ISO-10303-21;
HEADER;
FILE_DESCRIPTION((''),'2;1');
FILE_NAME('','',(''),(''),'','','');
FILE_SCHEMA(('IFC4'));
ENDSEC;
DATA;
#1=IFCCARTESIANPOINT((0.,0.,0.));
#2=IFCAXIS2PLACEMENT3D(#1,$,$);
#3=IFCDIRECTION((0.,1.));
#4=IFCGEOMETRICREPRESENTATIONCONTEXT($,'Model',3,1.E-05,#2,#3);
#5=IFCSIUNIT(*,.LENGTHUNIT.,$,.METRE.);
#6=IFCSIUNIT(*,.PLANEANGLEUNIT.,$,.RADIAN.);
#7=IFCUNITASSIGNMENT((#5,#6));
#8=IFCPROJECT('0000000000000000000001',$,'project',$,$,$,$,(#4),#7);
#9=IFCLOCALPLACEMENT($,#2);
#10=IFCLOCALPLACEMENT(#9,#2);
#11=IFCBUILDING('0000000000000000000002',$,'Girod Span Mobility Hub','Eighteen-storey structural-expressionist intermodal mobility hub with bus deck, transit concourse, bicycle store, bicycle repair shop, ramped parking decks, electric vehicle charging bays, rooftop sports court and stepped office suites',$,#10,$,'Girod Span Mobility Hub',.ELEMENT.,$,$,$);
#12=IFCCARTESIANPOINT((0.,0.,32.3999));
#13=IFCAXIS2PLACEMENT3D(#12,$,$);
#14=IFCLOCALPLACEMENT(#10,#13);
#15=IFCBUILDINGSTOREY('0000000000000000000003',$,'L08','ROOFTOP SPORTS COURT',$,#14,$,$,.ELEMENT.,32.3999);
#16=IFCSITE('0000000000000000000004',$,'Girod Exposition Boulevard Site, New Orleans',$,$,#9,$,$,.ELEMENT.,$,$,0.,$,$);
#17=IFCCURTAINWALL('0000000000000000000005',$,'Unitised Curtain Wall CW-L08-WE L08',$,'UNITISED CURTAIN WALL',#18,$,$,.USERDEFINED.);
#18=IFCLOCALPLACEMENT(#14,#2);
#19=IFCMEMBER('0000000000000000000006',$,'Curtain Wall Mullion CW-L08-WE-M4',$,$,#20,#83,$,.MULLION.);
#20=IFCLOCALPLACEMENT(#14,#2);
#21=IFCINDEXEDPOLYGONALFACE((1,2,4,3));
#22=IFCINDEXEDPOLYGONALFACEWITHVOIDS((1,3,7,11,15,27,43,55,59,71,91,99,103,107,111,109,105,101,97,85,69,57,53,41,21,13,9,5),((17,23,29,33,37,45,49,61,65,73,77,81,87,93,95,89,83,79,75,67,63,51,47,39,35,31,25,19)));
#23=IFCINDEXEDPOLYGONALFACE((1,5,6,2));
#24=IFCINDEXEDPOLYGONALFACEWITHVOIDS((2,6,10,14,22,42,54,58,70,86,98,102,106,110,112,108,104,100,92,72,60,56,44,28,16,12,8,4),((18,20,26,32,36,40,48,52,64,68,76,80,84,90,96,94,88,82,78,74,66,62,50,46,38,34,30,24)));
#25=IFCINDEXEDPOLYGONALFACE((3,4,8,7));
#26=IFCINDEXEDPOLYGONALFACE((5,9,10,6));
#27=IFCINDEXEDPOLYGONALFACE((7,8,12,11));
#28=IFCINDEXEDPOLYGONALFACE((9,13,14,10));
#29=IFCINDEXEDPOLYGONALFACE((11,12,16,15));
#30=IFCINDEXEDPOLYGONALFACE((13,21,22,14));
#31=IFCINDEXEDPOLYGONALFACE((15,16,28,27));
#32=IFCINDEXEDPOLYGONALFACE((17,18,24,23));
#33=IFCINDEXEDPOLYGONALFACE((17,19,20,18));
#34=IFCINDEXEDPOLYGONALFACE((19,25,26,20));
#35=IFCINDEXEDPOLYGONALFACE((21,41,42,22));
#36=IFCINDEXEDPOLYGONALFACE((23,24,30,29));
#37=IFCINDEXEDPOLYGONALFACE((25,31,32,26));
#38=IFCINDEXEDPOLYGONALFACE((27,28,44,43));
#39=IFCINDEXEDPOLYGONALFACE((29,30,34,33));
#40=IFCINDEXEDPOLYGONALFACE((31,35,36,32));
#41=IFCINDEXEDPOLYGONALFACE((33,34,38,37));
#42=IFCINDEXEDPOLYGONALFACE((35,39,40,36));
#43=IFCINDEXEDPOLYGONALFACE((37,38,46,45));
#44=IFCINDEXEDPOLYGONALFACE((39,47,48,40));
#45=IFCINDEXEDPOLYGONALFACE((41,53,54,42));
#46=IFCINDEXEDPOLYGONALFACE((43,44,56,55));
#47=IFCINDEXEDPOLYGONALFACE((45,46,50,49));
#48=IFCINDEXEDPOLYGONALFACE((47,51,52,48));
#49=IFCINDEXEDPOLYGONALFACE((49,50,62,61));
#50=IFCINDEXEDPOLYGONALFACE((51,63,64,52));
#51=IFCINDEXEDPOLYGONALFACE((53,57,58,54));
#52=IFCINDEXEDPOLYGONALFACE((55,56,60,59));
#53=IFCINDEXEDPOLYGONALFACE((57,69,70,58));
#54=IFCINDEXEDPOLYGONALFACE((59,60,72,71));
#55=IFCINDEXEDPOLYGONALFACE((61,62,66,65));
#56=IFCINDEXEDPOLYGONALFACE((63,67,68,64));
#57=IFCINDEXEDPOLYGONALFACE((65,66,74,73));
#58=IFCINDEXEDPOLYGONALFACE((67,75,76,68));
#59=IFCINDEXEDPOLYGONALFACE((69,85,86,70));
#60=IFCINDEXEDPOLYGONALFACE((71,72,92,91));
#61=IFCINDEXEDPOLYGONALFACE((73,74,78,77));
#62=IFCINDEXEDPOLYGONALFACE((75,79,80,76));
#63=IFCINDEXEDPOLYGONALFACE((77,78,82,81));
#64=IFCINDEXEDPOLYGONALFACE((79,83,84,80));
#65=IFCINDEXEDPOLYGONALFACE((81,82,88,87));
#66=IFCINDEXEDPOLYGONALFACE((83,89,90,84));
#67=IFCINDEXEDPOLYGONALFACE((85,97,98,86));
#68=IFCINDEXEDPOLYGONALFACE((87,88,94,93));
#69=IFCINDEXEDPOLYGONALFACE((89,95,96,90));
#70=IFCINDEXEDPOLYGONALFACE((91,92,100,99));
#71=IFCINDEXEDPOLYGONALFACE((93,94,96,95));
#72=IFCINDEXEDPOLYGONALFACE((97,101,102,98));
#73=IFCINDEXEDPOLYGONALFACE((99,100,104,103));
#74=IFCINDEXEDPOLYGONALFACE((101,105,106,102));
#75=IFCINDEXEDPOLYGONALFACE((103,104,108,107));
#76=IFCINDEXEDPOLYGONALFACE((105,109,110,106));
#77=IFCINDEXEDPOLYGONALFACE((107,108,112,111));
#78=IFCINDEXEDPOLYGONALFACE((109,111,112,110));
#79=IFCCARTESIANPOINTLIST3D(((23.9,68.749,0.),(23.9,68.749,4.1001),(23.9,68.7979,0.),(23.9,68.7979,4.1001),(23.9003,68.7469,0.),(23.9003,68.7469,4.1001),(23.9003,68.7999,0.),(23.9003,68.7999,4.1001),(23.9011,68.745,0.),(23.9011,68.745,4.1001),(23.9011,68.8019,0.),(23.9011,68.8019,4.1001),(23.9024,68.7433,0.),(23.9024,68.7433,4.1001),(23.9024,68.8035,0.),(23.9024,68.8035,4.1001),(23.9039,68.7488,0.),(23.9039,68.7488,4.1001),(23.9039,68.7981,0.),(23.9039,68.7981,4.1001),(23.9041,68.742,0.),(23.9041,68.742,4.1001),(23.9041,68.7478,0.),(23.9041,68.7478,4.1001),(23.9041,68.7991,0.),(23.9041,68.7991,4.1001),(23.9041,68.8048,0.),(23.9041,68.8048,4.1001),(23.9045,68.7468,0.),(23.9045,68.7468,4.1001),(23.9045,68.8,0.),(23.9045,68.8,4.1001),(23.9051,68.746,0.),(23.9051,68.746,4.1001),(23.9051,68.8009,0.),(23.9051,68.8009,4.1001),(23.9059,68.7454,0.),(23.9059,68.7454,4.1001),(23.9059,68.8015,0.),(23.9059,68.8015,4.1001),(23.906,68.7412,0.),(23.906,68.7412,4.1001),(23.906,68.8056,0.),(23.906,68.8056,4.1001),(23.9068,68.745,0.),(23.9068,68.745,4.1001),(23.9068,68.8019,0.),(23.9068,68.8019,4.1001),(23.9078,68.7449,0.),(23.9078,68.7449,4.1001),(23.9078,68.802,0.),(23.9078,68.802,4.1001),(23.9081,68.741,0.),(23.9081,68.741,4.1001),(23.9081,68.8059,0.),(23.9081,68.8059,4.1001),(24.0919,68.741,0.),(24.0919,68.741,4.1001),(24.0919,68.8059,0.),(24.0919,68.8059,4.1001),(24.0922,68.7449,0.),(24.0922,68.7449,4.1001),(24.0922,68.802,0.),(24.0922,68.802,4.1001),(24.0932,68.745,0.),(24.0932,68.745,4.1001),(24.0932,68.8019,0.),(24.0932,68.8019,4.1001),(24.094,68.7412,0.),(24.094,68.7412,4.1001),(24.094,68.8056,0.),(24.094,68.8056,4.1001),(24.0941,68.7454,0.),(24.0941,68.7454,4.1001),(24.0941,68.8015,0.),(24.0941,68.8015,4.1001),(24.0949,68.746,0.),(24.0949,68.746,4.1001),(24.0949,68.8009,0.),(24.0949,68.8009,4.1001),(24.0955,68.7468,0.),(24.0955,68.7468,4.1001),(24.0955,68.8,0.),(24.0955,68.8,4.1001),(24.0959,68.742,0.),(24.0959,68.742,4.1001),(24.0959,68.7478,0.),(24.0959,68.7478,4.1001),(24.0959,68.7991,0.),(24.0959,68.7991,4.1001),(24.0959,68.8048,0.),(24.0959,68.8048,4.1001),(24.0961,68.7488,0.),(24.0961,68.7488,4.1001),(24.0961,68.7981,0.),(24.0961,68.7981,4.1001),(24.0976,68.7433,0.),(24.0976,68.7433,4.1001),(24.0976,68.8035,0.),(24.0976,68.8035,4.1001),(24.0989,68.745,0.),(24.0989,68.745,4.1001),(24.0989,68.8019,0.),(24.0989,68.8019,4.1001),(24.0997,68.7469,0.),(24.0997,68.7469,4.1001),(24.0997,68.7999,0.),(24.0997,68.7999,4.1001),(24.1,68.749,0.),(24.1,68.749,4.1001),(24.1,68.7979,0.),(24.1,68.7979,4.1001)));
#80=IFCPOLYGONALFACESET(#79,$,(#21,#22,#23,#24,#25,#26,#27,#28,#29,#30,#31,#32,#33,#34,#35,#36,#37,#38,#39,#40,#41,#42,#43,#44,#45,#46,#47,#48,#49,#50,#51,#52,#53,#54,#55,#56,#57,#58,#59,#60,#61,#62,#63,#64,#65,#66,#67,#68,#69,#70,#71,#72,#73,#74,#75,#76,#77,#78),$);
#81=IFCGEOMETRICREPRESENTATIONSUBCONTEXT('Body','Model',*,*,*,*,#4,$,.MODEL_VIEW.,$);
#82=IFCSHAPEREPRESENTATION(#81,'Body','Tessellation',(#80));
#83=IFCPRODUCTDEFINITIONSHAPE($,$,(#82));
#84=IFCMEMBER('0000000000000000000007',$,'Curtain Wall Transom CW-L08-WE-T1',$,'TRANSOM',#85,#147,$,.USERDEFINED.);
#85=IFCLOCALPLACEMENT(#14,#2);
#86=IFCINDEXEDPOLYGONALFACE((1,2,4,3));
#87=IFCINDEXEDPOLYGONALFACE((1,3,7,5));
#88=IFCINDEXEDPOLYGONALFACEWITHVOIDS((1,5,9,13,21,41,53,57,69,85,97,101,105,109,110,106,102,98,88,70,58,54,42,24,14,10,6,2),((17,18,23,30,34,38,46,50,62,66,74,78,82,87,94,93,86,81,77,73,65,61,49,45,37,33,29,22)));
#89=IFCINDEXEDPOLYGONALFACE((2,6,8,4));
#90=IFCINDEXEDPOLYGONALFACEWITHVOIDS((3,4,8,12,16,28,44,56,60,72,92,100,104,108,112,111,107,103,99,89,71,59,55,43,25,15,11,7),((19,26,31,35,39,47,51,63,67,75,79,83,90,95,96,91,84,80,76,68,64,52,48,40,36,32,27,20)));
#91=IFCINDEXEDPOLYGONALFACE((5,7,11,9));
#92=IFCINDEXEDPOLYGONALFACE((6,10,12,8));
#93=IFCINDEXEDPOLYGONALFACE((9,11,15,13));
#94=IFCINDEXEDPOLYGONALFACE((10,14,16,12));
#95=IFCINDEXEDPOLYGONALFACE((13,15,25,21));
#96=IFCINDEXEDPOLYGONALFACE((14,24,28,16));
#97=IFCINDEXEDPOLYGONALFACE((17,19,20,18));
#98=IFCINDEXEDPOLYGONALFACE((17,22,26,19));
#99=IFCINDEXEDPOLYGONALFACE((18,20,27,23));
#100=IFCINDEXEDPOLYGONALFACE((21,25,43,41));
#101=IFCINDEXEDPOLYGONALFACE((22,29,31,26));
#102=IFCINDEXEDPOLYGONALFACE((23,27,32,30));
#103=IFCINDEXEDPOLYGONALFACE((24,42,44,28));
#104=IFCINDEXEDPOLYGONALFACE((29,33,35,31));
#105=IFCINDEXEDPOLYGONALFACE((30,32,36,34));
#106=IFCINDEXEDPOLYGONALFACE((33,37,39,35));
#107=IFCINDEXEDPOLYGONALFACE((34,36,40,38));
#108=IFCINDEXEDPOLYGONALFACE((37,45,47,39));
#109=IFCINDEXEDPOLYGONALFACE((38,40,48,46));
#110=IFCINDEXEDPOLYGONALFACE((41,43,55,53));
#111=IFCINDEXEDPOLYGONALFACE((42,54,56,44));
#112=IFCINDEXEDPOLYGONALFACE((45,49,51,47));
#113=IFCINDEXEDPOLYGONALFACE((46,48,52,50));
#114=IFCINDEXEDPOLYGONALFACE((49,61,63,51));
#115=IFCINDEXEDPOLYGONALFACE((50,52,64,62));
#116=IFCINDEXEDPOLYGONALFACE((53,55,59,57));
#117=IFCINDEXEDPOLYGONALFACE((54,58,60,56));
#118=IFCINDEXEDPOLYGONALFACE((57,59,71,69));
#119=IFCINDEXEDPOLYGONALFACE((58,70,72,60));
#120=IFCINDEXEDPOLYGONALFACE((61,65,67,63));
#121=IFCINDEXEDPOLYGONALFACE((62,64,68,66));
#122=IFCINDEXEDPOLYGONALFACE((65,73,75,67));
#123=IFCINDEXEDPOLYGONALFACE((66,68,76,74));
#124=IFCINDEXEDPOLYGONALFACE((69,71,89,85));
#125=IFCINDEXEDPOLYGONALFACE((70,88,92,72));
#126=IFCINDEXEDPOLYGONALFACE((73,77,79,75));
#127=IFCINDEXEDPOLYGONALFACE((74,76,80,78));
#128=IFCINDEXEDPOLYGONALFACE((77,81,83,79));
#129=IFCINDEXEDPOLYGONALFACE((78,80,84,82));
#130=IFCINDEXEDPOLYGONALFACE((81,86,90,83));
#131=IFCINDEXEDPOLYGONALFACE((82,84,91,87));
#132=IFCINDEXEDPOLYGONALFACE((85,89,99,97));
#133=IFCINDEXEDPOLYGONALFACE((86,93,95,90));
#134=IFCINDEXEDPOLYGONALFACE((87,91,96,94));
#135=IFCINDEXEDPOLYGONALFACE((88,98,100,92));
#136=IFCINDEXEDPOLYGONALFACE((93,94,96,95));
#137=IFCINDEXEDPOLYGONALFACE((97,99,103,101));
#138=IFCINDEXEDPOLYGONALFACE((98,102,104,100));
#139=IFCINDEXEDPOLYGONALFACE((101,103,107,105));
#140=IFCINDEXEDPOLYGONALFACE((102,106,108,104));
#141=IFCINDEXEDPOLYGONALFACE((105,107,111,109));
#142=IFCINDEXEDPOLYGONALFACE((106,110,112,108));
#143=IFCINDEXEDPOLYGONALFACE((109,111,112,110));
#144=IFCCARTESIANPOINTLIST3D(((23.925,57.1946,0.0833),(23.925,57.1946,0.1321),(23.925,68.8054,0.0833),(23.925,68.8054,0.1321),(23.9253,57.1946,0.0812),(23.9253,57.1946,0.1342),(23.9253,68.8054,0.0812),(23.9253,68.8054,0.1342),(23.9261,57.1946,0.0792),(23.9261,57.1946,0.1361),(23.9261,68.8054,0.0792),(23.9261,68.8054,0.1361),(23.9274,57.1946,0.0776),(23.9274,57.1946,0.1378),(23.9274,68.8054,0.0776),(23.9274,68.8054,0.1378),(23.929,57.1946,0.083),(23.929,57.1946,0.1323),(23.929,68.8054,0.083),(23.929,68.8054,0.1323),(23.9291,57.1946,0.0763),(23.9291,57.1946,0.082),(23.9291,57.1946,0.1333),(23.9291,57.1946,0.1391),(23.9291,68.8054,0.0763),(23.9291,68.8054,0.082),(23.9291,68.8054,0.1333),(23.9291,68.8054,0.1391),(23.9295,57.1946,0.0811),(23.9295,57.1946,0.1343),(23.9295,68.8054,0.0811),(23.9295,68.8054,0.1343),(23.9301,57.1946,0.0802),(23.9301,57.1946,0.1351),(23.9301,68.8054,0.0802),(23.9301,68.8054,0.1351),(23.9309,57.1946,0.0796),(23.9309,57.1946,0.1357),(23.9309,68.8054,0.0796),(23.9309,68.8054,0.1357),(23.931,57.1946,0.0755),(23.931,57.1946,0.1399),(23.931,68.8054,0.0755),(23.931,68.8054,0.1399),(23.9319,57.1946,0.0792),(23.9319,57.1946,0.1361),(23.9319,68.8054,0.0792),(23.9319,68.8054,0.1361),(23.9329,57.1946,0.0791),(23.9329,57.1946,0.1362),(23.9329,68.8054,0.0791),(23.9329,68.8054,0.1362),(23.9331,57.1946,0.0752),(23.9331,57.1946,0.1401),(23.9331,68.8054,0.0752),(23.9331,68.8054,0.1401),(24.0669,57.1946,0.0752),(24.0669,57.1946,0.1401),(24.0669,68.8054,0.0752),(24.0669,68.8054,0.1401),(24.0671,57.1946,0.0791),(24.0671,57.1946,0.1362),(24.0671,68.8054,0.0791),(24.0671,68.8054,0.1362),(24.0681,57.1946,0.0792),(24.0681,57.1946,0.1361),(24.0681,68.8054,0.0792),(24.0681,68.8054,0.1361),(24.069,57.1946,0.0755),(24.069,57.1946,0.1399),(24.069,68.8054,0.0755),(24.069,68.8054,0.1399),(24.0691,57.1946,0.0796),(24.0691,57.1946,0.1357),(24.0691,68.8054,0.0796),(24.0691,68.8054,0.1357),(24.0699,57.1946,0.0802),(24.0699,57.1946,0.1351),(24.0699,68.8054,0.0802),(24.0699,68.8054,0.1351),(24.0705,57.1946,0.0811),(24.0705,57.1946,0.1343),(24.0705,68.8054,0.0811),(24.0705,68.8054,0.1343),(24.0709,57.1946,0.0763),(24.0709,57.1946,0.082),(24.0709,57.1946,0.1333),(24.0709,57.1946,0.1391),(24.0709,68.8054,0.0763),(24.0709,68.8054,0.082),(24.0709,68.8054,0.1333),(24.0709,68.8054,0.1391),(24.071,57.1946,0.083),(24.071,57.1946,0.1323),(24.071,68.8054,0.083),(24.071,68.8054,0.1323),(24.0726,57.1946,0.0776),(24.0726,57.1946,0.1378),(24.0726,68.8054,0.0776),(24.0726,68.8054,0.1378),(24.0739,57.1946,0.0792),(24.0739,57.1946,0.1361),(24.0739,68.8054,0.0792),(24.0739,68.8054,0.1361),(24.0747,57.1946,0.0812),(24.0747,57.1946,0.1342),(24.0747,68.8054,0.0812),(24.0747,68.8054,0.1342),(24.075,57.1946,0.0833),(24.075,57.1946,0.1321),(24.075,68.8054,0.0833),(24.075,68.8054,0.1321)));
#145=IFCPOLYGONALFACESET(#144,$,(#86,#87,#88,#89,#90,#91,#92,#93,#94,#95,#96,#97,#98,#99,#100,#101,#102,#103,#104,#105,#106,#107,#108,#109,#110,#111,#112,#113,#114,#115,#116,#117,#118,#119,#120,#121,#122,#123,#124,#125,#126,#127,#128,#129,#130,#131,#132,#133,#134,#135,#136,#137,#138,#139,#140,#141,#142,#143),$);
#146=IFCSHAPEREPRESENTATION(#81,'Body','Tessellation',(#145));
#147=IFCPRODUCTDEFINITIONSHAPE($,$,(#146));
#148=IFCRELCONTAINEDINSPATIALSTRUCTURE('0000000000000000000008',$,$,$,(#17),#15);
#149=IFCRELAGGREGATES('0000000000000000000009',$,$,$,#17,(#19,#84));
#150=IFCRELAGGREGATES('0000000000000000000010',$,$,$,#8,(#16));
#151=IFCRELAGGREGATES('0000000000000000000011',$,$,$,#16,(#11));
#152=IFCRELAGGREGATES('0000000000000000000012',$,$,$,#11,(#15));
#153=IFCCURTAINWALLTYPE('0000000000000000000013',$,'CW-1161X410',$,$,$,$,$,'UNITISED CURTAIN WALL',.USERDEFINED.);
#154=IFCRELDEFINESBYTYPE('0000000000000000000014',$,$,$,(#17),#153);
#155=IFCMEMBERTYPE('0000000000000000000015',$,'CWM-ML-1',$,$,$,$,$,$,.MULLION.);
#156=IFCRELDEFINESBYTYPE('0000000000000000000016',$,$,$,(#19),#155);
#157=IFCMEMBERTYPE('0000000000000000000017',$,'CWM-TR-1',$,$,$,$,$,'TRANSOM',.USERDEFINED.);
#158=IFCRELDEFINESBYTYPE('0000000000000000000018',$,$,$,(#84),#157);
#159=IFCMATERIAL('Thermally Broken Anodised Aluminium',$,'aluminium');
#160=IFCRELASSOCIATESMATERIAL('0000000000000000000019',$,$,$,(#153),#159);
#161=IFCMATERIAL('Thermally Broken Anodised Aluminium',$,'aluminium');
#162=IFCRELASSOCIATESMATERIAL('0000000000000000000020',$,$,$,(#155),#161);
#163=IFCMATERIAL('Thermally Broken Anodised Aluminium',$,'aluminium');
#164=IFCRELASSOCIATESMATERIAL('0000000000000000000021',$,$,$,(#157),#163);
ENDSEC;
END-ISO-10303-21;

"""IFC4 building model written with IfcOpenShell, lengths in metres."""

from ifc_helpers import new_model, si_unit, direction, frame, origin, origin_2d, place, context, subcontext, project, spatial, hollow_rectangle, extrude, material, material_profile, profile_set, type_object, element, aggregate, save


model = new_model("IFC4")

# Units and contexts
model_context = context("Model", 3, precision=1e-05, world=origin(), true_north=direction((0.0, 1.0)))
body_context = subcontext(model_context, "Body", "Model", "MODEL_VIEW")
ifc_project = project(units=[si_unit("LENGTHUNIT", "METRE"), si_unit("PLANEANGLEUNIT", "RADIAN")], contexts=[model_context])

# Site, building, storey
site_placement = place(None, origin())
site = spatial("IfcSite", under=ifc_project, at=site_placement, Name="Girod Exposition Boulevard Site, New Orleans", CompositionType="ELEMENT", RefElevation=0.0)
building_placement = place(site_placement, origin())
building = spatial("IfcBuilding", under=site, at=building_placement, Name="Girod Span Mobility Hub", Description="Eighteen-storey structural-expressionist intermodal mobility hub with bus deck, transit concourse, bicycle store, bicycle repair shop, ramped parking decks, electric vehicle charging bays, rooftop sports court and stepped office suites", LongName="Girod Span Mobility Hub", CompositionType="ELEMENT")
storey_placement = place(building_placement, frame((0.0, 0.0, 32.3999)))
storey = spatial("IfcBuildingStorey", under=building, at=storey_placement, Name="L08", Description="ROOFTOP SPORTS COURT", CompositionType="ELEMENT", Elevation=32.3999)

# Shared definitions
ifc_material_1 = material(Name="Thermally Broken Anodised Aluminium", Category="aluminium")
curtain_wall_type = type_object("IfcCurtainWallType", Name="CW-1161X410", ElementType="UNITISED CURTAIN WALL", PredefinedType="USERDEFINED", material=ifc_material_1)
ifc_material_2 = material(Name="Thermally Broken Anodised Aluminium", Category="aluminium")
ifc_material_profile_1 = material_profile(ifc_material_2, hollow_rectangle(XDim=0.2, YDim=0.0649, WallThickness=0.0039, InnerFilletRadius=0.0039, OuterFilletRadius=0.0081, at=origin_2d()), Name="CW-ML-65X200")
ifc_profile_set_1 = profile_set([ifc_material_profile_1], Name="Thermally Broken Anodised Aluminium")
member_type_1 = type_object("IfcMemberType", Name="CWM-ML-1", PredefinedType="MULLION", material=ifc_profile_set_1)

# Curtain wall, members
curtain_wall_1_placement = place(storey_placement, origin())
curtain_wall_1 = element("IfcCurtainWall", 1, at=curtain_wall_1_placement, inside=storey, type_object=curtain_wall_type, Name="Unitised Curtain Wall CW-L08-WE L08", ObjectType="UNITISED CURTAIN WALL", PredefinedType="USERDEFINED")
member_1_placement = place(storey_placement, frame((24.0, 68.7734, 0.0), z_axis=(0.0, 0.0, 1.0), x_axis=(1.0, 0.0, 0.0)))
member_1 = element("IfcMember", 2, at=member_1_placement, type_object=member_type_1, Name="Curtain Wall Mullion CW-L08-WE-M4", PredefinedType="MULLION", context=body_context, shape_type="SweptSolid", body=[
    extrude(hollow_rectangle(XDim=0.2, YDim=0.0649, WallThickness=0.0039, InnerFilletRadius=0.0039, OuterFilletRadius=0.0081, at=origin_2d()), origin(), (0.0, 0.0, 1.0), 4.1001),
])
ifc_material_3 = material(Name="Thermally Broken Anodised Aluminium", Category="aluminium")
ifc_material_profile_2 = material_profile(ifc_material_3, hollow_rectangle(XDim=0.1499, YDim=0.0649, WallThickness=0.0039, InnerFilletRadius=0.0039, OuterFilletRadius=0.0081, at=origin_2d()), Name="CW-TR-65X150")
ifc_profile_set_2 = profile_set([ifc_material_profile_2], Name="Thermally Broken Anodised Aluminium")
member_type_2 = type_object("IfcMemberType", Name="CWM-TR-1", ElementType="TRANSOM", PredefinedType="USERDEFINED", material=ifc_profile_set_2)
member_2_placement = place(storey_placement, frame((24.0, 57.1946, 0.1077), z_axis=(0.0, 1.0, 0.0), x_axis=(-1.0, 0.0, 0.0)))
member_2 = element("IfcMember", 3, at=member_2_placement, type_object=member_type_2, Name="Curtain Wall Transom CW-L08-WE-T1", ObjectType="TRANSOM", PredefinedType="USERDEFINED", context=body_context, shape_type="SweptSolid", body=[
    extrude(hollow_rectangle(XDim=0.1499, YDim=0.0649, WallThickness=0.0039, InnerFilletRadius=0.0039, OuterFilletRadius=0.0081, at=origin_2d()), origin(), (0.0, 0.0, 1.0), 11.6108),
])

aggregate(curtain_wall_1, [member_1, member_2])

save(model, "model.ifc")
